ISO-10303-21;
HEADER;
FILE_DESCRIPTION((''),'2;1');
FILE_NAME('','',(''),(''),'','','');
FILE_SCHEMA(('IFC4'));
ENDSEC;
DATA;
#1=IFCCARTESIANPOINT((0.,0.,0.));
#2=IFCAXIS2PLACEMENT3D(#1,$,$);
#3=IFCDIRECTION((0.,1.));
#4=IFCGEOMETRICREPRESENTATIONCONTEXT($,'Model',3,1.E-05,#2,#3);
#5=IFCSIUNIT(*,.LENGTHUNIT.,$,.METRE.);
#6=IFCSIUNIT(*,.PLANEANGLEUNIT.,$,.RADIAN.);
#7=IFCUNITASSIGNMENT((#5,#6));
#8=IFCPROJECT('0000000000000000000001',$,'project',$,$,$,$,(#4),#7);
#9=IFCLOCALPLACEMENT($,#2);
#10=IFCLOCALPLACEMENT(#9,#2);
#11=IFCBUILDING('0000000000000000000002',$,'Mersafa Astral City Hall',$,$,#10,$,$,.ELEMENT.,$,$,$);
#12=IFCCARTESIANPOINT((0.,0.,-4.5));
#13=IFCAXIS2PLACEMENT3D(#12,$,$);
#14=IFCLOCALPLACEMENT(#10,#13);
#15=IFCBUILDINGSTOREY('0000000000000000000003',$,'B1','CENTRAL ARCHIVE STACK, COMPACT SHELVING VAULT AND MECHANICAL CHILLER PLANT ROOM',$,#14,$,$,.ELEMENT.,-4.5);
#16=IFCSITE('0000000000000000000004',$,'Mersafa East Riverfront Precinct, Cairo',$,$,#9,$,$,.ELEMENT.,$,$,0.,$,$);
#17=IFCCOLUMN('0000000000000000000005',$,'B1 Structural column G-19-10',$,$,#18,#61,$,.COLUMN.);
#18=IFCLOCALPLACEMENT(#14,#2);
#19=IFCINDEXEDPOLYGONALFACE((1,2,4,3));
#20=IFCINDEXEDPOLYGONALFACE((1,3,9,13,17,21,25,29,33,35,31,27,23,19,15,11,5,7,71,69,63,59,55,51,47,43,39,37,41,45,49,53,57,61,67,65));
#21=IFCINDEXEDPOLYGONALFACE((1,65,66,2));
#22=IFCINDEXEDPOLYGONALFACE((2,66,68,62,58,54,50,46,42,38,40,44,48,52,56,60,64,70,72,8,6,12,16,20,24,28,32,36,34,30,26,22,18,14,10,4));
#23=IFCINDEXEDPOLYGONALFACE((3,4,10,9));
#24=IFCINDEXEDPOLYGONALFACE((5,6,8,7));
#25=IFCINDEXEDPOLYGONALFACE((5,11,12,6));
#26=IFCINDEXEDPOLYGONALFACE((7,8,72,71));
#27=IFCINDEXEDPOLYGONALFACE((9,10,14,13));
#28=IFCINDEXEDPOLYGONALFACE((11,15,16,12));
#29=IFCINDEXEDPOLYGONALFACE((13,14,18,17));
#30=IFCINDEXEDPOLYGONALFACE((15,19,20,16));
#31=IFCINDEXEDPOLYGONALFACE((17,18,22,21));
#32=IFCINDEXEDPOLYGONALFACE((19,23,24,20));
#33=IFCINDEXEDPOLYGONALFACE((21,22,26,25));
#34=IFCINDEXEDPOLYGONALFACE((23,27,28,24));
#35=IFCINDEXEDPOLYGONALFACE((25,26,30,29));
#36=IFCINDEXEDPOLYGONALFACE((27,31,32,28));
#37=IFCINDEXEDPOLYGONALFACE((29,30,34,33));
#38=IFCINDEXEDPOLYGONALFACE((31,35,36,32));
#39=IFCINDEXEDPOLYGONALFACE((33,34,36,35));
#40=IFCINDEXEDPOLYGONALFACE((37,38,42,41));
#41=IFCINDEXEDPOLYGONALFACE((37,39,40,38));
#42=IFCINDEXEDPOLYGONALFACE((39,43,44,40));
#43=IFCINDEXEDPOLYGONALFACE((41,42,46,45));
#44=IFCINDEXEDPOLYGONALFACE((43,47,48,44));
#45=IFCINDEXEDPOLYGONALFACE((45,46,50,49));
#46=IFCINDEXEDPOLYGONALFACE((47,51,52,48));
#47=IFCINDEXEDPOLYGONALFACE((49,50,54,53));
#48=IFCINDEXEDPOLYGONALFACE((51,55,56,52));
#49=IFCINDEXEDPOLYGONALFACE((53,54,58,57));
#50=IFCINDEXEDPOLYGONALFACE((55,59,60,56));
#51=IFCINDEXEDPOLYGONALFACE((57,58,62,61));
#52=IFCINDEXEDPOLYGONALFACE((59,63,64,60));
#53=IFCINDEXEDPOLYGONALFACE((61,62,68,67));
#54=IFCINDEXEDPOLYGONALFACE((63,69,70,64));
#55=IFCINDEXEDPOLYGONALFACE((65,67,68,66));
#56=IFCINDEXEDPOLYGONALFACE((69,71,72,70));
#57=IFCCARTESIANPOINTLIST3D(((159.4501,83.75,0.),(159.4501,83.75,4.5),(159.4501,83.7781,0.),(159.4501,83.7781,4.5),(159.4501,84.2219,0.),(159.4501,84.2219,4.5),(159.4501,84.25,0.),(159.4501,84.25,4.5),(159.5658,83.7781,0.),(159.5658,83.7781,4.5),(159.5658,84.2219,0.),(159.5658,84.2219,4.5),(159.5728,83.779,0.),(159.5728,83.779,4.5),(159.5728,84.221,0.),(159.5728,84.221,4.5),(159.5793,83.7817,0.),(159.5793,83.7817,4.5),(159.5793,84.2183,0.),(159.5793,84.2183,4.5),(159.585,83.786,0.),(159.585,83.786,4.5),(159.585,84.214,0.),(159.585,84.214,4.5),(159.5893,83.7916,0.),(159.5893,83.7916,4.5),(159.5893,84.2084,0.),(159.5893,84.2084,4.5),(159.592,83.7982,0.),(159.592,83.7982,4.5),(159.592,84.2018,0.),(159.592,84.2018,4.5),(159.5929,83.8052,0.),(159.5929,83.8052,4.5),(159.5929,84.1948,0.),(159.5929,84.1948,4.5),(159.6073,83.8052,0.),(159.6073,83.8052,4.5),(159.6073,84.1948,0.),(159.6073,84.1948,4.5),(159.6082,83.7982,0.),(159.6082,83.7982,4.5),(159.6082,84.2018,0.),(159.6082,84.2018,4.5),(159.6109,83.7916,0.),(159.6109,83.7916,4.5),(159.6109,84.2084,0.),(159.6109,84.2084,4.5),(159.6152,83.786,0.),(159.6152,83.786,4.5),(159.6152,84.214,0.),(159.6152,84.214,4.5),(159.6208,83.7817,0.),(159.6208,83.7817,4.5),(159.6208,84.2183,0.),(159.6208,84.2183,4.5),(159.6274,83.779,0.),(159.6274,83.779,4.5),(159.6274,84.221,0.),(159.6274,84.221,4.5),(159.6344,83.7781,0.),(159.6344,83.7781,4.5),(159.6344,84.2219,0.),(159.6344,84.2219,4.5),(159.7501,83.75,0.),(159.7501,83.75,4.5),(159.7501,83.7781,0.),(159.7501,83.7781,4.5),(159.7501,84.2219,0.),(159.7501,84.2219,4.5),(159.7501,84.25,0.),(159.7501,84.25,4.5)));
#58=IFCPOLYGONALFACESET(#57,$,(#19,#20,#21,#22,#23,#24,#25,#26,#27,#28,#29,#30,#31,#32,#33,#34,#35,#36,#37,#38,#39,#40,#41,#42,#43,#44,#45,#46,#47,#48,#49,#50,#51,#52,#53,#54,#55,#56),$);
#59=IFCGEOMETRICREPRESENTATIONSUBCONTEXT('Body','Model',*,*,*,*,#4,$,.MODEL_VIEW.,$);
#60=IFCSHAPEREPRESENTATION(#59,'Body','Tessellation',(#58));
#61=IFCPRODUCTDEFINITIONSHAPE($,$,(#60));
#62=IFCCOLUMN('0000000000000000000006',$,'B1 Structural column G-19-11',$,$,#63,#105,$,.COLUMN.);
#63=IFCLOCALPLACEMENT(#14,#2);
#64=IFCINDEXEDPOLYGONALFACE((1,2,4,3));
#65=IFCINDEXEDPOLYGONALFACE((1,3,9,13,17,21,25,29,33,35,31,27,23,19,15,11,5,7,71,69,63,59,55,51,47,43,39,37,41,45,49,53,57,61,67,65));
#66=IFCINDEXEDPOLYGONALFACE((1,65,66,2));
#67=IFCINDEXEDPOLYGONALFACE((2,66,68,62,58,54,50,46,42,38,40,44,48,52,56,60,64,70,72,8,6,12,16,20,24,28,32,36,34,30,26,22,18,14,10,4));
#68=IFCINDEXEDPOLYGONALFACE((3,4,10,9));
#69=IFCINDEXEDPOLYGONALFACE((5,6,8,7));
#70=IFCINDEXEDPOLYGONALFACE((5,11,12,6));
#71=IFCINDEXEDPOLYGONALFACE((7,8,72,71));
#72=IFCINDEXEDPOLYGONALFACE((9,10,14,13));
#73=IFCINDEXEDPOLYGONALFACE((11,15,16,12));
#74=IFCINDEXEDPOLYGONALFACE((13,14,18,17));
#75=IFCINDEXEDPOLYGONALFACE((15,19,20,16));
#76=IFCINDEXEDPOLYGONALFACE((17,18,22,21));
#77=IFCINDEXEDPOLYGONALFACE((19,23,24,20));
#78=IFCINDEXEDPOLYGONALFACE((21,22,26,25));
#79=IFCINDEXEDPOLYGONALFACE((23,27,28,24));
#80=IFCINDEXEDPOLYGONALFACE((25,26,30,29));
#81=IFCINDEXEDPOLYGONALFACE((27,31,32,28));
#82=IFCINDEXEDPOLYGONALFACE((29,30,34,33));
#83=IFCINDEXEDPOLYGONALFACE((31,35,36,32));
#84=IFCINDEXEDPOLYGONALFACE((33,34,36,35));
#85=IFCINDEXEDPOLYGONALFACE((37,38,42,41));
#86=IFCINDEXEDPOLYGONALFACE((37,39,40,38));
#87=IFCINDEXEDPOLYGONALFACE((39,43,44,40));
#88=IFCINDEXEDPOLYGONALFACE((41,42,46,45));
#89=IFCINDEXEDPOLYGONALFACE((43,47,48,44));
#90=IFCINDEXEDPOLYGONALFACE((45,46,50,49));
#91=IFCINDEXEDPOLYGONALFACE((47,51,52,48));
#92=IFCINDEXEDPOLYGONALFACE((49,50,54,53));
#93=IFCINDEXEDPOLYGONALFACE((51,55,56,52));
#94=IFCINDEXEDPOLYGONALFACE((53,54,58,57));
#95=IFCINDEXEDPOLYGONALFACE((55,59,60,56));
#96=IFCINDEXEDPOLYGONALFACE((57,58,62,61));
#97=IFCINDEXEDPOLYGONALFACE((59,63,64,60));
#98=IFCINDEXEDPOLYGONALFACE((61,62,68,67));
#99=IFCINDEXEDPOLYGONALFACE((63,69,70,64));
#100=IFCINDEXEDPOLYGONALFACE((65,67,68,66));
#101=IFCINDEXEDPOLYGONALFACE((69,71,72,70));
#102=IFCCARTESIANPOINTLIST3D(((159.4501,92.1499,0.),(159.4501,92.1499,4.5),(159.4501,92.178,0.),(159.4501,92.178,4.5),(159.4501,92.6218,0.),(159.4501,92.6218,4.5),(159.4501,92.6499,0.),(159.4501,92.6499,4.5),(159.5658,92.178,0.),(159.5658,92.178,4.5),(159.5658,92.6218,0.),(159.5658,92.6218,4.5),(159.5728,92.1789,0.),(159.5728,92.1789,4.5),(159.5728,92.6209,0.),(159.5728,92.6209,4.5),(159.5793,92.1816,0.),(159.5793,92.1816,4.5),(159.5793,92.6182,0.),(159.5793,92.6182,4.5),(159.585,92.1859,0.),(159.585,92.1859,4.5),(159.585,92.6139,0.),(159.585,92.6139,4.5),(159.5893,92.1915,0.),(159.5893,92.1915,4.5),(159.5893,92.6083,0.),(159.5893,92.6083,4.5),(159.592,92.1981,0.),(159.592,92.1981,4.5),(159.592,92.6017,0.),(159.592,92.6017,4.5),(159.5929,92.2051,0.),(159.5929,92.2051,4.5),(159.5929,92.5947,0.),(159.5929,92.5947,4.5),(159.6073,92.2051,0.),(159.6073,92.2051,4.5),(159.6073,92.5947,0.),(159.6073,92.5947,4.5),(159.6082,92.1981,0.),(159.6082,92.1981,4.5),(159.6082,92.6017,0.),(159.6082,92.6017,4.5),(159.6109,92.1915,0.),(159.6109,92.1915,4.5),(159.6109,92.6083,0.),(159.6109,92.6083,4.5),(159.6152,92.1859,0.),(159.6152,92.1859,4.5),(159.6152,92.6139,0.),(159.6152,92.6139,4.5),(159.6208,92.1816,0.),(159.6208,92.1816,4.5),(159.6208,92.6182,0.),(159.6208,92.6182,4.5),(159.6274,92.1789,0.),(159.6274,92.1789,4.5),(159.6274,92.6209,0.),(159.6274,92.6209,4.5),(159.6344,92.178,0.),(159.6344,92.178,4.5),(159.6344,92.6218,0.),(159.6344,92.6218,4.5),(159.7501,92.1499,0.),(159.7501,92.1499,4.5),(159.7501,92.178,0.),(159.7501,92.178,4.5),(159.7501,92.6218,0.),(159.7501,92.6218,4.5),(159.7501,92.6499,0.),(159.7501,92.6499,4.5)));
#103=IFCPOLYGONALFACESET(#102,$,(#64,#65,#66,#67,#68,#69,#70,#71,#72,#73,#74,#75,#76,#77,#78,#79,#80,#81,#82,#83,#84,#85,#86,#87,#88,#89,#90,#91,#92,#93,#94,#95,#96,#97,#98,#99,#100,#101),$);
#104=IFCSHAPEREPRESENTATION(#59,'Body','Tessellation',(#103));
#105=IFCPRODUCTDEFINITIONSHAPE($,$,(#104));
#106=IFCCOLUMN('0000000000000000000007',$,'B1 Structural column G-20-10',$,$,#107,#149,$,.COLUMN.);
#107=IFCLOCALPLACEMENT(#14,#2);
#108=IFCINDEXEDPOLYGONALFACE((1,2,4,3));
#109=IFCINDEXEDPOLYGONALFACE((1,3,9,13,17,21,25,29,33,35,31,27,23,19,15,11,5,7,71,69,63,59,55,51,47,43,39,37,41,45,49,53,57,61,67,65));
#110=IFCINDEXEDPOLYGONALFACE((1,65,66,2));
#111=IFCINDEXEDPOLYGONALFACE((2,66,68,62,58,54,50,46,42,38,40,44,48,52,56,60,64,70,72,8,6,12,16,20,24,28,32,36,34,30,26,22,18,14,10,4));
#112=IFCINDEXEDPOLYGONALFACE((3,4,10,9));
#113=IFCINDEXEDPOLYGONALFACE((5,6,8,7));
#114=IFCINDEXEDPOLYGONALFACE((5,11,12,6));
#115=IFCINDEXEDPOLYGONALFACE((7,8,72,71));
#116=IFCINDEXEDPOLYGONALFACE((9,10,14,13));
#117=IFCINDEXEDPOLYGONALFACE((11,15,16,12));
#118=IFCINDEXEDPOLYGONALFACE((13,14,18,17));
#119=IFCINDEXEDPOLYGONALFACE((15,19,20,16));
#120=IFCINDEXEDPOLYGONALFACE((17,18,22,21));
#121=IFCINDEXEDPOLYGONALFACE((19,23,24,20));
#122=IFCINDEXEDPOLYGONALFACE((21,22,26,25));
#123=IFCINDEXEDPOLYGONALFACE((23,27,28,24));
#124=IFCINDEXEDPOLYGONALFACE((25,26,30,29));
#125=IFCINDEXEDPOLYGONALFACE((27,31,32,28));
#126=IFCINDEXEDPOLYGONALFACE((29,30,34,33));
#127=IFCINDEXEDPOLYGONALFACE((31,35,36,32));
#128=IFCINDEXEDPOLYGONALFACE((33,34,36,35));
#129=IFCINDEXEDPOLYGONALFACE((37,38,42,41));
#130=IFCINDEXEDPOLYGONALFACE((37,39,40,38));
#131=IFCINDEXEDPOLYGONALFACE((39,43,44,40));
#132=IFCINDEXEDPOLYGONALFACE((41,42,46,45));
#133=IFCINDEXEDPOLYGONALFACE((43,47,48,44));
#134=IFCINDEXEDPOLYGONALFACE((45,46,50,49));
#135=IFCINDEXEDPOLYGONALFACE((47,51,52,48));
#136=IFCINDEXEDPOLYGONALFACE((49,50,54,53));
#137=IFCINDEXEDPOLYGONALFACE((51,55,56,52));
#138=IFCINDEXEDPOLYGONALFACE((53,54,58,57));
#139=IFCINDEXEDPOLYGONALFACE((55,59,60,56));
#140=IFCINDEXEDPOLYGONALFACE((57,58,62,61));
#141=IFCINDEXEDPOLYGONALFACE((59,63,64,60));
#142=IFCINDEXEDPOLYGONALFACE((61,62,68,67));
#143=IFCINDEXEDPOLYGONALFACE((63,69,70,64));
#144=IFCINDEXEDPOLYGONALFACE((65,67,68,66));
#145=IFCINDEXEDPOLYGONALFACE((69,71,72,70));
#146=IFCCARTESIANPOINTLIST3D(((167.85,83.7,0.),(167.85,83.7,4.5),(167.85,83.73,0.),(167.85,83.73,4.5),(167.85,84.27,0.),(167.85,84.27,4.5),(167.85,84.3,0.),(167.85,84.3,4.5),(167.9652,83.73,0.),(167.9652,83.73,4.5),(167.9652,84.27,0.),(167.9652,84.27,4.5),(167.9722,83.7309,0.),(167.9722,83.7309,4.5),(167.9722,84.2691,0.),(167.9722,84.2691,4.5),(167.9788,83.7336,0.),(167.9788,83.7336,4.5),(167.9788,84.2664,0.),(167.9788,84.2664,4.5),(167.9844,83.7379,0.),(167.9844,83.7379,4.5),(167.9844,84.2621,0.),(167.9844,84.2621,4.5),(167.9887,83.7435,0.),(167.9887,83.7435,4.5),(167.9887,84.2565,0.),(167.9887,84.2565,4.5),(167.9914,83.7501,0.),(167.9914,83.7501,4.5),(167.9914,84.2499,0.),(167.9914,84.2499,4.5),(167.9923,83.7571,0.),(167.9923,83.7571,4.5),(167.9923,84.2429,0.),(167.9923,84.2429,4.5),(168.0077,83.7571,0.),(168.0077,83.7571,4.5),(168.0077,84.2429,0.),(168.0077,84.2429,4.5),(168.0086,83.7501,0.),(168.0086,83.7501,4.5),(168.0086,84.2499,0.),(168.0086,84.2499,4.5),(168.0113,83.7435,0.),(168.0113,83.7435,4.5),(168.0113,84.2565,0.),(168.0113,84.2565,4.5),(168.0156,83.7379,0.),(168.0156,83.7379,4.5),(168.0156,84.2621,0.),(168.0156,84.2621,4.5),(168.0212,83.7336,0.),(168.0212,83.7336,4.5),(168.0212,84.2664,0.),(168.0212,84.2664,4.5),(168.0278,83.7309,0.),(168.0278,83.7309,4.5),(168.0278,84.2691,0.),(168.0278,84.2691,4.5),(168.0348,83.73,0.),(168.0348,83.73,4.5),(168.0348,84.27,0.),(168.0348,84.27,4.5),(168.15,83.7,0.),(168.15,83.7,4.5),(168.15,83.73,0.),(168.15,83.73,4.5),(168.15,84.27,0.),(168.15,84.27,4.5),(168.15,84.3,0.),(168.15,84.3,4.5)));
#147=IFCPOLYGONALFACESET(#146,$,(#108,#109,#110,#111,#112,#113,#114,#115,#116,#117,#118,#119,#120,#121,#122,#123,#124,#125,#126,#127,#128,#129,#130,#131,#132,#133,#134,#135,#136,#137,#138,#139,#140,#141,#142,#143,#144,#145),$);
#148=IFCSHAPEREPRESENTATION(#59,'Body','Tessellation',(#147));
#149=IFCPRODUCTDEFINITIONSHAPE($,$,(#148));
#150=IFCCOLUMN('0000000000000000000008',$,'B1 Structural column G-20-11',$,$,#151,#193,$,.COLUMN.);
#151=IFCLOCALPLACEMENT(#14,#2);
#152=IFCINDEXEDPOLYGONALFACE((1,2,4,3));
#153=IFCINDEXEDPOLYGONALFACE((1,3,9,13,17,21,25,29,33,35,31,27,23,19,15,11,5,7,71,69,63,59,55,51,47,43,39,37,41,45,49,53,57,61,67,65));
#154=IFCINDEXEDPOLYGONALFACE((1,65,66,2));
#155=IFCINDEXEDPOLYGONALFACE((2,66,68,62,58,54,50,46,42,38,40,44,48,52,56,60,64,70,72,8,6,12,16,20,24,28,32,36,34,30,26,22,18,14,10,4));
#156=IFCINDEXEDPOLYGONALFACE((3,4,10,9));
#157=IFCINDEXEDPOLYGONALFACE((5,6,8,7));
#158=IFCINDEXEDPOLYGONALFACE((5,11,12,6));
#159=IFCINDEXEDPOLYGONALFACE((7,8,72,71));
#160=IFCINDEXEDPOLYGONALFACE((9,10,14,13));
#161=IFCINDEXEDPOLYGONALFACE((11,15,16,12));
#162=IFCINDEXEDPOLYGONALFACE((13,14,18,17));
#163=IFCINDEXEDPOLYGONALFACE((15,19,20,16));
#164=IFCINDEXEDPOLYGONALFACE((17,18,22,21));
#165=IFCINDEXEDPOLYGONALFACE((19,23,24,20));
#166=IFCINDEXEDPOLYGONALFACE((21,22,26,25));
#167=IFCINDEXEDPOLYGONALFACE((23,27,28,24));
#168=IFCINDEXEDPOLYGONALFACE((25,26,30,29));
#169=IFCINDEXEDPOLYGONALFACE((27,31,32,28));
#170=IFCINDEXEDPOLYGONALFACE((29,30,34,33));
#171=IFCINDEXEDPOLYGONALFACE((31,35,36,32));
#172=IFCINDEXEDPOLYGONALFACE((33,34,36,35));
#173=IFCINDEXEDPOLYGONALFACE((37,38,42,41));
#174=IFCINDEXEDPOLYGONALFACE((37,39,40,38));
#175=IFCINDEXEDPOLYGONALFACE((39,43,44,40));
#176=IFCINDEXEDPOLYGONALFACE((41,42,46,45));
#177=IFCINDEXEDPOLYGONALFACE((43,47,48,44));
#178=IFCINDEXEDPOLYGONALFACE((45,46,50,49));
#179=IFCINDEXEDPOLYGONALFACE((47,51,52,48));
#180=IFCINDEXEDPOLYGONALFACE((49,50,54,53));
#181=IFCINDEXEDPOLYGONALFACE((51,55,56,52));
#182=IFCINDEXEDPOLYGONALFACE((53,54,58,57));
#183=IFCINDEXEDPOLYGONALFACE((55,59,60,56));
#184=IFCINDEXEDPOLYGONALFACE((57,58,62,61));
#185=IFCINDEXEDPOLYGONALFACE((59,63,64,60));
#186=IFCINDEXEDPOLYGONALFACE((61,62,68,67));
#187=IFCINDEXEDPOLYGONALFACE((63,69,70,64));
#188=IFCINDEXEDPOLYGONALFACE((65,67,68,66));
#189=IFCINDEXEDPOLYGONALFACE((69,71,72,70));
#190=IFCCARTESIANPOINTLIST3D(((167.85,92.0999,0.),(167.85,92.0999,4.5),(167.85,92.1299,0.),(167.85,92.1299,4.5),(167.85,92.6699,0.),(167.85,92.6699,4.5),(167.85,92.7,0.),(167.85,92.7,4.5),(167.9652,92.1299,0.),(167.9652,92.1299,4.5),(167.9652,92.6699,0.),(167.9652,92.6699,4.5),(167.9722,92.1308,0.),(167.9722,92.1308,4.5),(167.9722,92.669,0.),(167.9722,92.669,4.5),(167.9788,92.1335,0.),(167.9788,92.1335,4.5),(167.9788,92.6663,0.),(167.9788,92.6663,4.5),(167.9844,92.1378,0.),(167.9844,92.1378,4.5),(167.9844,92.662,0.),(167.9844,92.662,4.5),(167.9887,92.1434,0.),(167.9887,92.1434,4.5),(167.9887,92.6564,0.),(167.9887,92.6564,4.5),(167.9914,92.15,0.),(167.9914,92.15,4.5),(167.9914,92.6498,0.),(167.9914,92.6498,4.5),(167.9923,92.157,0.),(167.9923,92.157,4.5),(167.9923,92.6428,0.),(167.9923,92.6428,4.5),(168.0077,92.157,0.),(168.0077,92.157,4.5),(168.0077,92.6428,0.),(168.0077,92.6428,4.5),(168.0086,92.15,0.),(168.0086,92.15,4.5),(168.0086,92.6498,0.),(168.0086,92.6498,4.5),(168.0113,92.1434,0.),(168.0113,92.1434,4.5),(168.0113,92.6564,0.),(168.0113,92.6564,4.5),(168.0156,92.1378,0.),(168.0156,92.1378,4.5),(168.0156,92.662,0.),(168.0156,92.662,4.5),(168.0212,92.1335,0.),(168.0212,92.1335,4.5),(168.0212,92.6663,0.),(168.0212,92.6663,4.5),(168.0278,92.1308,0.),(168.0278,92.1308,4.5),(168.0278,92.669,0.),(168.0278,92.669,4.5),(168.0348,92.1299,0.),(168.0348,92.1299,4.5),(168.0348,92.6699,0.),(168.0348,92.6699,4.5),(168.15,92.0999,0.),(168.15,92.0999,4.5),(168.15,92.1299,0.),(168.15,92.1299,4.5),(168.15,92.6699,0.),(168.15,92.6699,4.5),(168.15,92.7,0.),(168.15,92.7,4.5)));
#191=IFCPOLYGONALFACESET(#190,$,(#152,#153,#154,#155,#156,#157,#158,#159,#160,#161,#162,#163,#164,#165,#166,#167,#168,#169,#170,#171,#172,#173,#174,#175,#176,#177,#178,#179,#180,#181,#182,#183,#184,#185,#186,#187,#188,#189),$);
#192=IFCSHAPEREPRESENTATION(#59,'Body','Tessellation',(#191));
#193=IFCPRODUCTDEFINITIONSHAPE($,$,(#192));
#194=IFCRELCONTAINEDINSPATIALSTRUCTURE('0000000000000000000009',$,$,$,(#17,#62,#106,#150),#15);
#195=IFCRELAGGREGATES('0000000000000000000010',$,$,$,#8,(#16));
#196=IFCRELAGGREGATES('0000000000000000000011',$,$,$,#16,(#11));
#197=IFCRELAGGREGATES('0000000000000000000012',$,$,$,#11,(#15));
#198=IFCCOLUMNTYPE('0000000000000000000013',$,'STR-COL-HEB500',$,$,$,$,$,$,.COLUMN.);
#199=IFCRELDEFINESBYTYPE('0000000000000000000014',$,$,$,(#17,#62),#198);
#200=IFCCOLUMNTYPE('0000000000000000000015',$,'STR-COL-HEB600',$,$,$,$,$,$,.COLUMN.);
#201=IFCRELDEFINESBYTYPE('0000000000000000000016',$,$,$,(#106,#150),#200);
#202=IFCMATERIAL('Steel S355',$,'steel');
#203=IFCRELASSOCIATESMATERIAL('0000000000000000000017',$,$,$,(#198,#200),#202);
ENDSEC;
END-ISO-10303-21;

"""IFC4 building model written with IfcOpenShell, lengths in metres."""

from ifc_helpers import new_model, si_unit, direction, frame, origin, origin_2d, place, context, subcontext, project, spatial, i_section, extrude, material, material_profile, profile_set, type_object, element, save


model = new_model("IFC4")

# Units and contexts
model_context = context("Model", 3, precision=1e-05, world=origin(), true_north=direction((0.0, 1.0)))
body_context = subcontext(model_context, "Body", "Model", "MODEL_VIEW")
ifc_project = project(units=[si_unit("LENGTHUNIT", "METRE"), si_unit("PLANEANGLEUNIT", "RADIAN")], contexts=[model_context])

# Site, building, storey
site_placement = place(None, origin())
site = spatial("IfcSite", under=ifc_project, at=site_placement, Name="Mersafa East Riverfront Precinct, Cairo", CompositionType="ELEMENT", RefElevation=0.0)
building_placement = place(site_placement, origin())
building = spatial("IfcBuilding", under=site, at=building_placement, Name="Mersafa Astral City Hall", CompositionType="ELEMENT")
storey_placement = place(building_placement, frame((0.0, 0.0, -4.5)))
storey = spatial("IfcBuildingStorey", under=building, at=storey_placement, Name="B1", Description="CENTRAL ARCHIVE STACK, COMPACT SHELVING VAULT AND MECHANICAL CHILLER PLANT ROOM", CompositionType="ELEMENT", Elevation=-4.5)

# Columns
ifc_material_1 = material(Name="Steel S355", Category="steel")
ifc_material_profile_1 = material_profile(ifc_material_1, i_section(OverallWidth=0.3, OverallDepth=0.5, WebThickness=0.0144, FlangeThickness=0.0281, FilletRadius=0.0271, at=origin_2d()), Name="HEB 500")
ifc_profile_set_1 = profile_set([ifc_material_profile_1], Name="Steel S355")
column_type_1 = type_object("IfcColumnType", Name="STR-COL-HEB500", PredefinedType="COLUMN", material=ifc_profile_set_1)
for number, where, z_axis, x_axis, name in (
    (1, (159.6001, 84.0, 0.0), (0.0, 0.0, 1.0), (1.0, 0.0, 0.0), "B1 Structural column G-19-10"),
    (2, (159.6001, 92.3999, 0.0), (0.0, 0.0, 1.0), (1.0, 0.0, 0.0), "B1 Structural column G-19-11"),
):
    element("IfcColumn", number, at=place(storey_placement, frame(where, z_axis=z_axis, x_axis=x_axis)), inside=storey, type_object=column_type_1, Name=name, PredefinedType="COLUMN", context=body_context, shape_type="SweptSolid", body=[
        extrude(i_section(OverallWidth=0.3, OverallDepth=0.5, WebThickness=0.0144, FlangeThickness=0.0281, FilletRadius=0.0271, at=origin_2d()), origin(), (0.0, 0.0, 1.0), 4.5),
    ])
ifc_material_profile_2 = material_profile(ifc_material_1, i_section(OverallWidth=0.3, OverallDepth=0.6001, WebThickness=0.0154, FlangeThickness=0.03, FilletRadius=0.0271, at=origin_2d()), Name="HEB 600")
ifc_profile_set_2 = profile_set([ifc_material_profile_2], Name="Steel S355")
column_type_2 = type_object("IfcColumnType", Name="STR-COL-HEB600", PredefinedType="COLUMN", material=ifc_profile_set_2)
for number, where, z_axis, x_axis, name in (
    (3, (168.0, 84.0, 0.0), (0.0, 0.0, 1.0), (1.0, 0.0, 0.0), "B1 Structural column G-20-10"),
    (4, (168.0, 92.3999, 0.0), (0.0, 0.0, 1.0), (1.0, 0.0, 0.0), "B1 Structural column G-20-11"),
):
    element("IfcColumn", number, at=place(storey_placement, frame(where, z_axis=z_axis, x_axis=x_axis)), inside=storey, type_object=column_type_2, Name=name, PredefinedType="COLUMN", context=body_context, shape_type="SweptSolid", body=[
        extrude(i_section(OverallWidth=0.3, OverallDepth=0.6001, WebThickness=0.0154, FlangeThickness=0.03, FilletRadius=0.0271, at=origin_2d()), origin(), (0.0, 0.0, 1.0), 4.5),
    ])

save(model, "model.ifc")
